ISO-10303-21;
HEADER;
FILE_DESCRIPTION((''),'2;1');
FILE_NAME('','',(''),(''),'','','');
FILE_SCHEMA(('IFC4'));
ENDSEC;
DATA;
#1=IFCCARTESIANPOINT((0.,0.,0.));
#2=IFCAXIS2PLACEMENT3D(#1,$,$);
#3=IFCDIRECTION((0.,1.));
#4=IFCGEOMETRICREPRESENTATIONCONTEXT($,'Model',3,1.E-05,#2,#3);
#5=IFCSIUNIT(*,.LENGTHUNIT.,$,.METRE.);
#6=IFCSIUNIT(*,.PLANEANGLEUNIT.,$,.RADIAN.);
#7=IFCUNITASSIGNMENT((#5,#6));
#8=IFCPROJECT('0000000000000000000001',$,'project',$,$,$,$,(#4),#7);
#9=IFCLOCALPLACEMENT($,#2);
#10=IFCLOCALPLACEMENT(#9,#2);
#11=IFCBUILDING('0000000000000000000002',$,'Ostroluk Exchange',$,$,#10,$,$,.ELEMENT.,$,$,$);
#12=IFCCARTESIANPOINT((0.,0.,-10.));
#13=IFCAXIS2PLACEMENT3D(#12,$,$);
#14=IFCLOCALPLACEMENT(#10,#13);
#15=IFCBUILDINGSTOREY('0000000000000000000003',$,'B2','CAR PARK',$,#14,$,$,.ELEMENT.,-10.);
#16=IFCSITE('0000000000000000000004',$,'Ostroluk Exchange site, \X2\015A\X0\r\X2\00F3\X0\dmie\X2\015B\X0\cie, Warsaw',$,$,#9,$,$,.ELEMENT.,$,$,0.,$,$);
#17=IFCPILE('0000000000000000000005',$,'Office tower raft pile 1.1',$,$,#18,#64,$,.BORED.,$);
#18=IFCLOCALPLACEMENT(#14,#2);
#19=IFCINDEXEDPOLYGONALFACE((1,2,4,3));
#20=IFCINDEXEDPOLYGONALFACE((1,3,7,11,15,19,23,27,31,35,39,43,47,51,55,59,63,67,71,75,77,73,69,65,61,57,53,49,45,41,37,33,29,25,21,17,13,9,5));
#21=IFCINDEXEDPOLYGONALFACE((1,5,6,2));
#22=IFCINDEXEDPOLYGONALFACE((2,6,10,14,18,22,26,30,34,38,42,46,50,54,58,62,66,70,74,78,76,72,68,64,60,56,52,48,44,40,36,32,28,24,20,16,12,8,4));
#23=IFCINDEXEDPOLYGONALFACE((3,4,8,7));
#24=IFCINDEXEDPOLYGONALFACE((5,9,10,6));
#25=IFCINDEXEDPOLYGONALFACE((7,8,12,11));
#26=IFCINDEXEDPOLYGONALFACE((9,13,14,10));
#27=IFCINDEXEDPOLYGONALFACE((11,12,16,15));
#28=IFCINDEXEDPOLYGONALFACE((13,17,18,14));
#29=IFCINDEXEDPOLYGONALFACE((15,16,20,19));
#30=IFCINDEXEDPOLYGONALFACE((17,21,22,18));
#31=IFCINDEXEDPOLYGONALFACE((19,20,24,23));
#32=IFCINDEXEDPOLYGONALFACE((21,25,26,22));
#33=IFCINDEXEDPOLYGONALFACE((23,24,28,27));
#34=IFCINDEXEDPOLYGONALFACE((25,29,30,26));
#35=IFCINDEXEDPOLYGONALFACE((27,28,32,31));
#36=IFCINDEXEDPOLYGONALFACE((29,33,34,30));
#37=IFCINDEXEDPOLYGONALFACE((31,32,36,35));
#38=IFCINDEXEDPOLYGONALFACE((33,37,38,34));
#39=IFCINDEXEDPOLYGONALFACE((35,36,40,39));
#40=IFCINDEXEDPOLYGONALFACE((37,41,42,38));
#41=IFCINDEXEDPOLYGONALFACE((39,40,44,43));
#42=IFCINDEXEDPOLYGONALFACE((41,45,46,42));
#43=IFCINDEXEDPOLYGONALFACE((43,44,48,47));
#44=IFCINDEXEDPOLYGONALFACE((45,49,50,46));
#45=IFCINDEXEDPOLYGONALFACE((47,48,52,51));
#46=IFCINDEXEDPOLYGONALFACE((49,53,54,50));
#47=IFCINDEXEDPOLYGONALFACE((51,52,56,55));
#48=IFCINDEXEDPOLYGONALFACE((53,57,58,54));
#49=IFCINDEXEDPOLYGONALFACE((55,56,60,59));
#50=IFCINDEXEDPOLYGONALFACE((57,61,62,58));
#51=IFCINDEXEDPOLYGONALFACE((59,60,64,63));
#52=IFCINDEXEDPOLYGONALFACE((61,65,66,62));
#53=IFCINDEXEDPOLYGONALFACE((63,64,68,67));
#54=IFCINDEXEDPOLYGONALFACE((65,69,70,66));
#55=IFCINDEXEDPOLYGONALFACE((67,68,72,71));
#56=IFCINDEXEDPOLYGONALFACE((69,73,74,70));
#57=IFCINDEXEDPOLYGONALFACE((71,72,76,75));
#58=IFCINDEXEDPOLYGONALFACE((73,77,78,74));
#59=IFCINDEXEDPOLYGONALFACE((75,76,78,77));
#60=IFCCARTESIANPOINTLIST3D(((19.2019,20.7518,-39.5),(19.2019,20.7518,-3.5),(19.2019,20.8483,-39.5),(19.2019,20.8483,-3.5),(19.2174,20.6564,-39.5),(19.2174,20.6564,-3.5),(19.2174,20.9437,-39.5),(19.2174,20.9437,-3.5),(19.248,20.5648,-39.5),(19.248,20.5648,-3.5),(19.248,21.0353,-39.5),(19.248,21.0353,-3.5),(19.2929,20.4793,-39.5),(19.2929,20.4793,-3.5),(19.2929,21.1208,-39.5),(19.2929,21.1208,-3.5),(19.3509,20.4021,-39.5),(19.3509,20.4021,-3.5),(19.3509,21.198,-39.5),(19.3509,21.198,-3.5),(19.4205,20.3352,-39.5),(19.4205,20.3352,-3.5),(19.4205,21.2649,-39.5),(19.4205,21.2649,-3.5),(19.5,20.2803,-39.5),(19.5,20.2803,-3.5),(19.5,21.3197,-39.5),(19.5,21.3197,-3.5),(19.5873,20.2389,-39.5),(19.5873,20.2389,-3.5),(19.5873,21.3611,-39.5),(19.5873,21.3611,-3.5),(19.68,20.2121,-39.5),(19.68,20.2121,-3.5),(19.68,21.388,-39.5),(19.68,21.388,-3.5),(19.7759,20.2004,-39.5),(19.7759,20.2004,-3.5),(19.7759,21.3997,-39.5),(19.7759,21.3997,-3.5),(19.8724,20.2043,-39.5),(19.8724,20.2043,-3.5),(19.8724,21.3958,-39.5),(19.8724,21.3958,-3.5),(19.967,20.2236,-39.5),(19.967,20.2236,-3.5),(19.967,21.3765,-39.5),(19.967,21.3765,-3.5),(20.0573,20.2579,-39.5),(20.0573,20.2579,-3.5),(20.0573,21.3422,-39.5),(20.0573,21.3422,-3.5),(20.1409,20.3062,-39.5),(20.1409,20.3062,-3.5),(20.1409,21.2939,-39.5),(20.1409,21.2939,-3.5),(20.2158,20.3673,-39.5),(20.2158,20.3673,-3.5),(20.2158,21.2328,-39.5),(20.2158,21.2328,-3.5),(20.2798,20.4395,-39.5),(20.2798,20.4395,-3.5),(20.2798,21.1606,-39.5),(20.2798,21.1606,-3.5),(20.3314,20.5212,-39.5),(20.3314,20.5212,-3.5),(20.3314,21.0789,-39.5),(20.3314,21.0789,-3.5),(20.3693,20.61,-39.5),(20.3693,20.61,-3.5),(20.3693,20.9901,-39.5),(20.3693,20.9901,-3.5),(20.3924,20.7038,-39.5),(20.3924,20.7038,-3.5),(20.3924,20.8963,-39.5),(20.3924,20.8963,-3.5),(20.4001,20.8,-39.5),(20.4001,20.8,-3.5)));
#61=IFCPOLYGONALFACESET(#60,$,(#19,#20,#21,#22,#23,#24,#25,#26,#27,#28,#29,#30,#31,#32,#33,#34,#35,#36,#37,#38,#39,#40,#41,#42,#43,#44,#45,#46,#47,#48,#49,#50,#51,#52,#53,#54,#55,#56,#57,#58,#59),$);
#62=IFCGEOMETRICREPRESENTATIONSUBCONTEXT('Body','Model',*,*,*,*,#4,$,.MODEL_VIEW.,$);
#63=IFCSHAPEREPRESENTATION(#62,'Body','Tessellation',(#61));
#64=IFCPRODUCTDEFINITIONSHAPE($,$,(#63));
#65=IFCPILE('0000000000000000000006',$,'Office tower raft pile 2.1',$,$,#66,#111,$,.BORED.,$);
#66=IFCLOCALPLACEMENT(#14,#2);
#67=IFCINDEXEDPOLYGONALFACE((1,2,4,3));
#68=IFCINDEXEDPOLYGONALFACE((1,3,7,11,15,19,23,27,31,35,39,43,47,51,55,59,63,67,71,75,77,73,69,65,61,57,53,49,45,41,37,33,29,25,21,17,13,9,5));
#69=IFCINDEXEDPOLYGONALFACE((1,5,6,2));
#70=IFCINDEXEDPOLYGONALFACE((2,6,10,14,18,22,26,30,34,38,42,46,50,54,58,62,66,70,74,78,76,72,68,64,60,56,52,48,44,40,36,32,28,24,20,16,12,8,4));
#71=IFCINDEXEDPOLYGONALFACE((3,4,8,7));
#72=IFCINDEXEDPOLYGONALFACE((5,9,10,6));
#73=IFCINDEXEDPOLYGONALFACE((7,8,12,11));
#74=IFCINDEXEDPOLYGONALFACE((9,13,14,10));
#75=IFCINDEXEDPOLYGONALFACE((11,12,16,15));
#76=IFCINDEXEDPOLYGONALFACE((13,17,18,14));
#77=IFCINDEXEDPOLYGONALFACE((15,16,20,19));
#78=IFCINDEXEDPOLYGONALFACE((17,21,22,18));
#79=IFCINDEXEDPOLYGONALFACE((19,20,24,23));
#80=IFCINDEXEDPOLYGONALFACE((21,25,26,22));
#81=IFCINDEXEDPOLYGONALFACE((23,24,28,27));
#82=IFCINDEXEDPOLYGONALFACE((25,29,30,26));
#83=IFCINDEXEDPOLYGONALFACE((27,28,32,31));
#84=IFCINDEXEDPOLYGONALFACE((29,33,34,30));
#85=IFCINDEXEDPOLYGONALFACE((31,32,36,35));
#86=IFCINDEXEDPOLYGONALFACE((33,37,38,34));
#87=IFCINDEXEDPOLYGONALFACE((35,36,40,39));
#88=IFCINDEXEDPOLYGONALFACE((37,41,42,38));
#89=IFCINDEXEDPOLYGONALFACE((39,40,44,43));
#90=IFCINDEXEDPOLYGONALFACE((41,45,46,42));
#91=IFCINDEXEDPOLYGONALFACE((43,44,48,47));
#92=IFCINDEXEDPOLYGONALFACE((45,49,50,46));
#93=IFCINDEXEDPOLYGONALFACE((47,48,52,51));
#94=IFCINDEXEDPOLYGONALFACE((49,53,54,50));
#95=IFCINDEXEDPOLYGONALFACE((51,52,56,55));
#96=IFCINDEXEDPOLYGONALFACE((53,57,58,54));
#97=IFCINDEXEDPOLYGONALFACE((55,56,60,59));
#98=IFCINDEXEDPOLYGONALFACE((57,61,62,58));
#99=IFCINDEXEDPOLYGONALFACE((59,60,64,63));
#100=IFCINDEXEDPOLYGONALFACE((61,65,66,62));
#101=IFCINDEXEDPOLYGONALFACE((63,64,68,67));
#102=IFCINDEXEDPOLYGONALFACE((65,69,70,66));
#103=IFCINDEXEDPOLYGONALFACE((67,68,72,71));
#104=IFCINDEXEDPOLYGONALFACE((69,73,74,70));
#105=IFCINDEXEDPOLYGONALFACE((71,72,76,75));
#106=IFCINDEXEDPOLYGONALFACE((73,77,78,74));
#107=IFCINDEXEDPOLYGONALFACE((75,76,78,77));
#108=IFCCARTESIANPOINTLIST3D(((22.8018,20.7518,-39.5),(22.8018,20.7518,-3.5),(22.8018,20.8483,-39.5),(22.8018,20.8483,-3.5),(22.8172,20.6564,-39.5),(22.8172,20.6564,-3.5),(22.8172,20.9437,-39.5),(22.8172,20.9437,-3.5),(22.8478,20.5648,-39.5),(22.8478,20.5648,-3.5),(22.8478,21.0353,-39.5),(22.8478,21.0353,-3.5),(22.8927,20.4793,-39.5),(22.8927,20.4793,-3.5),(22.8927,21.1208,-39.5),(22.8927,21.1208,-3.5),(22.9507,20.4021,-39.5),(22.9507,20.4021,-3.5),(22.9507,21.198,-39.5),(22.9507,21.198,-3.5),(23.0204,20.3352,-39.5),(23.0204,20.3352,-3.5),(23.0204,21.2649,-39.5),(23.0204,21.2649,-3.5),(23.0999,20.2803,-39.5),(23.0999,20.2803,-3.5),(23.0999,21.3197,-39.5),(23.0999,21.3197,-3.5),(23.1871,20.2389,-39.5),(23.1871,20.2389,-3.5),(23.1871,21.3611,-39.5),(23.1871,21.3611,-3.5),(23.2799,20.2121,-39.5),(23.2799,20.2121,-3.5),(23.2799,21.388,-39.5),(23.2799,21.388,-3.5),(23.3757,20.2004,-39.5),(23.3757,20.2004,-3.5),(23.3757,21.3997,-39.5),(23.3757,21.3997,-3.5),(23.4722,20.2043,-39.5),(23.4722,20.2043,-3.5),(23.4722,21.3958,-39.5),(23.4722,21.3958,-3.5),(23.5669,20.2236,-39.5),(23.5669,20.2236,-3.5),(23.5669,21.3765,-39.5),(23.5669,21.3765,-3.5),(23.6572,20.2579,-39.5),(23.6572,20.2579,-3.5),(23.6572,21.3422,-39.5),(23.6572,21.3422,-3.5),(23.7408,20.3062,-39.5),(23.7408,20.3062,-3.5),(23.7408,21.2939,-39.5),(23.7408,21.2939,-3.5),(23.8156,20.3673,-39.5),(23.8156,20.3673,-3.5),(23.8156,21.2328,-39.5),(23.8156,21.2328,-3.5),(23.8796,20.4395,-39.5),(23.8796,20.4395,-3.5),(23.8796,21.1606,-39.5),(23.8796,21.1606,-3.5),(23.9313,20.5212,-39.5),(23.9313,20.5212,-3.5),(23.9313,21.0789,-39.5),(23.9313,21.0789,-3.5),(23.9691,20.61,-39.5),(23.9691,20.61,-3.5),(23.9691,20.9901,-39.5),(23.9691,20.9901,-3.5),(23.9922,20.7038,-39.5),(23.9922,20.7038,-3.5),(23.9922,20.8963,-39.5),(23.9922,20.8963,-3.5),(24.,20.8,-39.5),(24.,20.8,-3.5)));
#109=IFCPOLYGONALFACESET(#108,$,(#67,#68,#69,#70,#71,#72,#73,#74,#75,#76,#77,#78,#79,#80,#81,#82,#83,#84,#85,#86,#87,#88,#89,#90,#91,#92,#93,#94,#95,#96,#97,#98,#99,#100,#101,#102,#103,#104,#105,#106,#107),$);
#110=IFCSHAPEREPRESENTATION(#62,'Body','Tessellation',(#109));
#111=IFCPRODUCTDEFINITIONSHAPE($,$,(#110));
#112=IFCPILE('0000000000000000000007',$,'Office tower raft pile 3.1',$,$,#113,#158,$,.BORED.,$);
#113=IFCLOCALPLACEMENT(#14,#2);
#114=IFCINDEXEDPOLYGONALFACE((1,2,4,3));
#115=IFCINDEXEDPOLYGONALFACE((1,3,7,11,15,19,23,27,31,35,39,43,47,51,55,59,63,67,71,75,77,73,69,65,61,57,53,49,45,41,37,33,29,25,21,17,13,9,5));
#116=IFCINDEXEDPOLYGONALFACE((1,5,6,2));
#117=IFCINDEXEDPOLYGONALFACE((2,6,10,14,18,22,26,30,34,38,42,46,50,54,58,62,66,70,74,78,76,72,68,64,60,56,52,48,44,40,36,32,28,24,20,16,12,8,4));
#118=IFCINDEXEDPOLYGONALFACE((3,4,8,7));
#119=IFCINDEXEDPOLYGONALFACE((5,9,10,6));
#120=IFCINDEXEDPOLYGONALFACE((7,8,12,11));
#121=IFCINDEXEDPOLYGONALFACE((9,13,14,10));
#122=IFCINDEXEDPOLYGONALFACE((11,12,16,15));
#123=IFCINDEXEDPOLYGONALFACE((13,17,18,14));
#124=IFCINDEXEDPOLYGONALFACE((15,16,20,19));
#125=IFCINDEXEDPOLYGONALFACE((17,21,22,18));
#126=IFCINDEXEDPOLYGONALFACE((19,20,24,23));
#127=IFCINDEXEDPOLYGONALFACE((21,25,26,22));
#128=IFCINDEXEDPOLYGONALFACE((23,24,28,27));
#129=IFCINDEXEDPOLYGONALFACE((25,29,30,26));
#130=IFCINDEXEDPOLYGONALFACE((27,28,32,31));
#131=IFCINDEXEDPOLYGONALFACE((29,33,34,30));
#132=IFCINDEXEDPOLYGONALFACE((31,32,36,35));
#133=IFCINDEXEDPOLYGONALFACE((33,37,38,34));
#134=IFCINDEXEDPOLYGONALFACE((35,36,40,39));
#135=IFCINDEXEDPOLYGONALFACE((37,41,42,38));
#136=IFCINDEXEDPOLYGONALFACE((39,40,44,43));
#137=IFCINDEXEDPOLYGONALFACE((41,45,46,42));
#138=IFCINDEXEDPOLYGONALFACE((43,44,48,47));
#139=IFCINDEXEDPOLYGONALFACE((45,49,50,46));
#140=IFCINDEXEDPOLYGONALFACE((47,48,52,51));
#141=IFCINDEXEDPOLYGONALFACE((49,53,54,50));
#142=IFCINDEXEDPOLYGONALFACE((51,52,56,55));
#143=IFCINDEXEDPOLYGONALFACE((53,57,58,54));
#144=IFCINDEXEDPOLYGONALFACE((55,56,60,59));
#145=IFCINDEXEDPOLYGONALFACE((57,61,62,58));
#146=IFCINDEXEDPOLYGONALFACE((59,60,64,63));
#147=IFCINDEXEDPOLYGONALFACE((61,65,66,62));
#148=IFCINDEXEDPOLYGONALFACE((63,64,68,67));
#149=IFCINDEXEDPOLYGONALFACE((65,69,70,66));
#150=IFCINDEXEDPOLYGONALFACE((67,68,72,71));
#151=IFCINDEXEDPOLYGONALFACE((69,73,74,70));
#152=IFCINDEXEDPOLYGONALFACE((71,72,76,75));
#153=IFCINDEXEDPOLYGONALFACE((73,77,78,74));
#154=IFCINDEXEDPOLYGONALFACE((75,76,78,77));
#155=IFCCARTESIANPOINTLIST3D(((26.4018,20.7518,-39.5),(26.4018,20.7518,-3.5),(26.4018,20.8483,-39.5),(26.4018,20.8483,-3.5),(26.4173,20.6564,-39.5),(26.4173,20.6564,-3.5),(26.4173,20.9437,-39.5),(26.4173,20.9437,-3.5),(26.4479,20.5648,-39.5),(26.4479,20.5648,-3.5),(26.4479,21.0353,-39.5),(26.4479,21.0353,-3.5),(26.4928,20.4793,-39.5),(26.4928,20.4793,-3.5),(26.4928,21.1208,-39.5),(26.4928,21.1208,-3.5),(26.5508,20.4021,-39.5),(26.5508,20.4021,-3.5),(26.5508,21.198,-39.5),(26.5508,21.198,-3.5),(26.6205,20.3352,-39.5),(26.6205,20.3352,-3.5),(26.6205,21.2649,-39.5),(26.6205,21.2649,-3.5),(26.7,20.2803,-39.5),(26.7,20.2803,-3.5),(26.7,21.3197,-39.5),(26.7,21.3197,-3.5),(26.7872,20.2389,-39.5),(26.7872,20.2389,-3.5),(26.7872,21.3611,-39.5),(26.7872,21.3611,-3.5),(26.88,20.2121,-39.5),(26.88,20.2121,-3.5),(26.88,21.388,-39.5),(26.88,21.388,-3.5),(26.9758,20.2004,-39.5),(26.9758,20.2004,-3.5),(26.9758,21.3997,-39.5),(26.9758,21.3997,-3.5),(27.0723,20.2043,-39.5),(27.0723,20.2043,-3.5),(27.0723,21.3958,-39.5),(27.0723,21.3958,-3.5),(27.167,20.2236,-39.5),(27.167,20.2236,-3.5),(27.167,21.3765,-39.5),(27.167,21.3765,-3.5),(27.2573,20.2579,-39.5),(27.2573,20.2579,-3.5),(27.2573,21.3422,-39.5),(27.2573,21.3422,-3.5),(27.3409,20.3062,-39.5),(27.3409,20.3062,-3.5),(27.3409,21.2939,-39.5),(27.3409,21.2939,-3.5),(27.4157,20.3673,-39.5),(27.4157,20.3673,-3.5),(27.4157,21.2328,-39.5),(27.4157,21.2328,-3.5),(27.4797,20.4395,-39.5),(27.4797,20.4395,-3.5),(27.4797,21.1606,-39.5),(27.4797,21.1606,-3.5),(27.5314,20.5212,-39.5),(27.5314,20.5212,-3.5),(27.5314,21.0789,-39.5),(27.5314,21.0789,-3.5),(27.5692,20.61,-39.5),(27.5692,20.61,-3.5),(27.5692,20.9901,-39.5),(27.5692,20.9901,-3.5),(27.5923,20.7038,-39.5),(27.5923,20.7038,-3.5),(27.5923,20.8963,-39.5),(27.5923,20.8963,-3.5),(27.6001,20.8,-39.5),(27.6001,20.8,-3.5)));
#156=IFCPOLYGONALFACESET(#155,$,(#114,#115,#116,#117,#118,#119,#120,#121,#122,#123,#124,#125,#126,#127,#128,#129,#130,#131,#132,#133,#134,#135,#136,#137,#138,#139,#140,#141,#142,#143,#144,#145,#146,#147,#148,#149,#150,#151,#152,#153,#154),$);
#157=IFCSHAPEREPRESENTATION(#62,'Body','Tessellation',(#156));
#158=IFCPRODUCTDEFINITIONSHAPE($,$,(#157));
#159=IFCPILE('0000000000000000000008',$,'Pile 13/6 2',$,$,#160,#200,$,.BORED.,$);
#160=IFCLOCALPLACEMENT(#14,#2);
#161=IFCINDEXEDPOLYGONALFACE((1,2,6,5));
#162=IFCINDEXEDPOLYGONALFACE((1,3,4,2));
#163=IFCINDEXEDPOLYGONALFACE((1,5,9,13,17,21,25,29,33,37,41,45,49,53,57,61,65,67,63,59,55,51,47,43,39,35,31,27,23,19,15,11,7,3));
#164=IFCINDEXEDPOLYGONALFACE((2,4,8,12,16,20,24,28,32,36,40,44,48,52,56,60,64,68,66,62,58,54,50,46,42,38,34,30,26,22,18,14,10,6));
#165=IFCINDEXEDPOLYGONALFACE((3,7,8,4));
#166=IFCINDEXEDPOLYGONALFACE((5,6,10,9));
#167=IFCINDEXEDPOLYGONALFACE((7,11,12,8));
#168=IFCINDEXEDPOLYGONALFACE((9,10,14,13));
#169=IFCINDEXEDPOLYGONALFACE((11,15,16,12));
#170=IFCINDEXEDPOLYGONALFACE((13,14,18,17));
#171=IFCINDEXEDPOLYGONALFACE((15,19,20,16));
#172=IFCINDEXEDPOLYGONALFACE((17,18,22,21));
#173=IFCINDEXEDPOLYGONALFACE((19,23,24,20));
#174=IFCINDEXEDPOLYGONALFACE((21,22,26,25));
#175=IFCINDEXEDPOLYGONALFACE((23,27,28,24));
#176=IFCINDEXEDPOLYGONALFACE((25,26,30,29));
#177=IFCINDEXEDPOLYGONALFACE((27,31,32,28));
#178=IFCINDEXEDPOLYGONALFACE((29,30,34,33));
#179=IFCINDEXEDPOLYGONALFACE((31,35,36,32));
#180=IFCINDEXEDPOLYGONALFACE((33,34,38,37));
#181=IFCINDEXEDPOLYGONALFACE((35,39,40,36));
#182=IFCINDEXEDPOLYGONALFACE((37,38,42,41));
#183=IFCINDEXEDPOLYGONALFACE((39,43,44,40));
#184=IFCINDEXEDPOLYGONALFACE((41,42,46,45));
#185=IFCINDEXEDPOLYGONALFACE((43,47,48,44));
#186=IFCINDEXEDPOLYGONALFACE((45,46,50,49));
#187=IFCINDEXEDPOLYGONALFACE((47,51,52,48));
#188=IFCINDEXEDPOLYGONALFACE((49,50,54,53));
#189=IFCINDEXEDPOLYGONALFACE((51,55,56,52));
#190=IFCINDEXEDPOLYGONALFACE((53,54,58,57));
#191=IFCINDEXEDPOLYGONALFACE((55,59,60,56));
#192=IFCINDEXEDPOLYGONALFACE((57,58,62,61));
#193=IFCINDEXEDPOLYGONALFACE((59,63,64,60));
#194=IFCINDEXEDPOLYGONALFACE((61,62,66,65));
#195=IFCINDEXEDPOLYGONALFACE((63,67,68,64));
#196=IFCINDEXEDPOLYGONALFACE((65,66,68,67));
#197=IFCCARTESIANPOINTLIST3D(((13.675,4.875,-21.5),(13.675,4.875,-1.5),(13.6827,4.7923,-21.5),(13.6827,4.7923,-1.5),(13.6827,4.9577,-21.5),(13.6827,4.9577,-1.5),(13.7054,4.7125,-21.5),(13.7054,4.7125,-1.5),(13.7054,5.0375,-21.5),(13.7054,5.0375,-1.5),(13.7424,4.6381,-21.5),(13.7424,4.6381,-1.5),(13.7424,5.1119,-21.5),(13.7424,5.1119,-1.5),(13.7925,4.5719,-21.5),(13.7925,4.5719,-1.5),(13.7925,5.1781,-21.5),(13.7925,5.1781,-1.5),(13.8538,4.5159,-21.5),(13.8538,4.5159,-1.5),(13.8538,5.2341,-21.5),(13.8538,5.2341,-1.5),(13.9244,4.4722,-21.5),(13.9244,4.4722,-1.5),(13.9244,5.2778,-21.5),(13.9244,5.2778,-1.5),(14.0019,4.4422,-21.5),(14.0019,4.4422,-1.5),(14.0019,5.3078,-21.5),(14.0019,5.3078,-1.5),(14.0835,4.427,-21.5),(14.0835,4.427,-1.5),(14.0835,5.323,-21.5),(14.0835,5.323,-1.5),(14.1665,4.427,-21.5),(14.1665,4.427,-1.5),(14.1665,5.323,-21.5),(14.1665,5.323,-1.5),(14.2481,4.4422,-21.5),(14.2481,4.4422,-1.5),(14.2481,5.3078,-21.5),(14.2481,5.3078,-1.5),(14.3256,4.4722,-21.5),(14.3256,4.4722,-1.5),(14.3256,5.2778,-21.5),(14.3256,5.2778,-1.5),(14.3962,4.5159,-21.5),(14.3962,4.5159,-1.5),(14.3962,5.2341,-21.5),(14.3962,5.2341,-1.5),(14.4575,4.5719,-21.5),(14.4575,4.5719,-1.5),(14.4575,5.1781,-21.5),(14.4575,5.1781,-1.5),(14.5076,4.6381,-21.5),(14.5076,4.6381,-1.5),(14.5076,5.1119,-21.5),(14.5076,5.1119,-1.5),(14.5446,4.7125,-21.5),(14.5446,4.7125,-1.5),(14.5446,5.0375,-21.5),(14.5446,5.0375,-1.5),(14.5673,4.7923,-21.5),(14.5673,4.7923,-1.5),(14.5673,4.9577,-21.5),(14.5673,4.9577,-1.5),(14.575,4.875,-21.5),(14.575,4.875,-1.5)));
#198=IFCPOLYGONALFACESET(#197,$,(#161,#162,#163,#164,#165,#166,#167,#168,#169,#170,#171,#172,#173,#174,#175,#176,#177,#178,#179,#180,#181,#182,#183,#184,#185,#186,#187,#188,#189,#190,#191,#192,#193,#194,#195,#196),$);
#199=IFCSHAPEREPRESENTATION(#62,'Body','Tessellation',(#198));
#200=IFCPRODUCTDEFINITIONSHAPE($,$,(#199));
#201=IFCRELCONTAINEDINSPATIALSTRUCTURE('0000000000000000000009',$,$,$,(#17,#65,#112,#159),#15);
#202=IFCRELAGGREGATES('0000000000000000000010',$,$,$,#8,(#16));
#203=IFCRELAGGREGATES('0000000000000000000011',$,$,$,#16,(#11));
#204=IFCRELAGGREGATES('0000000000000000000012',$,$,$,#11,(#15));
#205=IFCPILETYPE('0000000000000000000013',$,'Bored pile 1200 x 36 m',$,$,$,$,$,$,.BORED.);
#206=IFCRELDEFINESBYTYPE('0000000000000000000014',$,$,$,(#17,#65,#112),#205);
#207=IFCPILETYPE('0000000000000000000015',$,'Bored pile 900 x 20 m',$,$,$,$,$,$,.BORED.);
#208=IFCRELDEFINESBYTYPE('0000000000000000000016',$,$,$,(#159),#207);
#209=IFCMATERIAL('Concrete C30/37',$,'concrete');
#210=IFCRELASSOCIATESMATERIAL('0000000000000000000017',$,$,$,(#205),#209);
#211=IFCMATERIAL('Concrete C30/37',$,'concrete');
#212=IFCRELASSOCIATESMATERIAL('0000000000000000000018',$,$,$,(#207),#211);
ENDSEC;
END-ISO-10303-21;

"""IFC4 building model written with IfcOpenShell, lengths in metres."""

from ifc_helpers import new_model, si_unit, direction, frame, origin, origin_2d, place, context, subcontext, project, spatial, circle, extrude, material, type_object, element, save


model = new_model("IFC4")

# Units and contexts
model_context = context("Model", 3, precision=1e-05, world=origin(), true_north=direction((0.0, 1.0)))
body_context = subcontext(model_context, "Body", "Model", "MODEL_VIEW")
ifc_project = project(units=[si_unit("LENGTHUNIT", "METRE"), si_unit("PLANEANGLEUNIT", "RADIAN")], contexts=[model_context])

# Site, building, storey
site_placement = place(None, origin())
site = spatial("IfcSite", under=ifc_project, at=site_placement, Name="Ostroluk Exchange site, Śródmieście, Warsaw", CompositionType="ELEMENT", RefElevation=0.0)
building_placement = place(site_placement, origin())
building = spatial("IfcBuilding", under=site, at=building_placement, Name="Ostroluk Exchange", CompositionType="ELEMENT")
storey_placement = place(building_placement, frame((0.0, 0.0, -10.0)))
storey = spatial("IfcBuildingStorey", under=building, at=storey_placement, Name="B2", Description="CAR PARK", CompositionType="ELEMENT", Elevation=-10.0)

# Piles
ifc_material_1 = material(Name="Concrete C30/37", Category="concrete")
pile_type_1 = type_object("IfcPileType", Name="Bored pile 1200 x 36 m", PredefinedType="BORED", material=ifc_material_1)
for number, where, z_axis, x_axis, name in (
    (1, (19.8, 20.8, -3.5), (0.0, 0.0, -1.0), (1.0, 0.0, 0.0), "Office tower raft pile 1.1"),
    (2, (23.3999, 20.8, -3.5), (0.0, 0.0, -1.0), (1.0, 0.0, 0.0), "Office tower raft pile 2.1"),
    (3, (27.0, 20.8, -3.5), (0.0, 0.0, -1.0), (1.0, 0.0, 0.0), "Office tower raft pile 3.1"),
):
    element("IfcPile", number, at=place(storey_placement, frame(where, z_axis=z_axis, x_axis=x_axis)), inside=storey, type_object=pile_type_1, Name=name, PredefinedType="BORED", context=body_context, shape_type="SweptSolid", body=[
        extrude(circle(Radius=0.6001, at=origin_2d()), origin(), (0.0, 0.0, 1.0), 36.0),
    ])
ifc_material_2 = material(Name="Concrete C30/37", Category="concrete")
pile_type_2 = type_object("IfcPileType", Name="Bored pile 900 x 20 m", PredefinedType="BORED", material=ifc_material_2)
for number, where, z_axis, x_axis, name in (
    (4, (14.125, 4.875, -1.5), (0.0, 0.0, -1.0), (1.0, 0.0, 0.0), "Pile 13/6 2"),
):
    element("IfcPile", number, at=place(storey_placement, frame(where, z_axis=z_axis, x_axis=x_axis)), inside=storey, type_object=pile_type_2, Name=name, PredefinedType="BORED", context=body_context, shape_type="SweptSolid", body=[
        extrude(circle(Radius=0.45, at=origin_2d()), origin(), (0.0, 0.0, 1.0), 20.0),
    ])

save(model, "model.ifc")
